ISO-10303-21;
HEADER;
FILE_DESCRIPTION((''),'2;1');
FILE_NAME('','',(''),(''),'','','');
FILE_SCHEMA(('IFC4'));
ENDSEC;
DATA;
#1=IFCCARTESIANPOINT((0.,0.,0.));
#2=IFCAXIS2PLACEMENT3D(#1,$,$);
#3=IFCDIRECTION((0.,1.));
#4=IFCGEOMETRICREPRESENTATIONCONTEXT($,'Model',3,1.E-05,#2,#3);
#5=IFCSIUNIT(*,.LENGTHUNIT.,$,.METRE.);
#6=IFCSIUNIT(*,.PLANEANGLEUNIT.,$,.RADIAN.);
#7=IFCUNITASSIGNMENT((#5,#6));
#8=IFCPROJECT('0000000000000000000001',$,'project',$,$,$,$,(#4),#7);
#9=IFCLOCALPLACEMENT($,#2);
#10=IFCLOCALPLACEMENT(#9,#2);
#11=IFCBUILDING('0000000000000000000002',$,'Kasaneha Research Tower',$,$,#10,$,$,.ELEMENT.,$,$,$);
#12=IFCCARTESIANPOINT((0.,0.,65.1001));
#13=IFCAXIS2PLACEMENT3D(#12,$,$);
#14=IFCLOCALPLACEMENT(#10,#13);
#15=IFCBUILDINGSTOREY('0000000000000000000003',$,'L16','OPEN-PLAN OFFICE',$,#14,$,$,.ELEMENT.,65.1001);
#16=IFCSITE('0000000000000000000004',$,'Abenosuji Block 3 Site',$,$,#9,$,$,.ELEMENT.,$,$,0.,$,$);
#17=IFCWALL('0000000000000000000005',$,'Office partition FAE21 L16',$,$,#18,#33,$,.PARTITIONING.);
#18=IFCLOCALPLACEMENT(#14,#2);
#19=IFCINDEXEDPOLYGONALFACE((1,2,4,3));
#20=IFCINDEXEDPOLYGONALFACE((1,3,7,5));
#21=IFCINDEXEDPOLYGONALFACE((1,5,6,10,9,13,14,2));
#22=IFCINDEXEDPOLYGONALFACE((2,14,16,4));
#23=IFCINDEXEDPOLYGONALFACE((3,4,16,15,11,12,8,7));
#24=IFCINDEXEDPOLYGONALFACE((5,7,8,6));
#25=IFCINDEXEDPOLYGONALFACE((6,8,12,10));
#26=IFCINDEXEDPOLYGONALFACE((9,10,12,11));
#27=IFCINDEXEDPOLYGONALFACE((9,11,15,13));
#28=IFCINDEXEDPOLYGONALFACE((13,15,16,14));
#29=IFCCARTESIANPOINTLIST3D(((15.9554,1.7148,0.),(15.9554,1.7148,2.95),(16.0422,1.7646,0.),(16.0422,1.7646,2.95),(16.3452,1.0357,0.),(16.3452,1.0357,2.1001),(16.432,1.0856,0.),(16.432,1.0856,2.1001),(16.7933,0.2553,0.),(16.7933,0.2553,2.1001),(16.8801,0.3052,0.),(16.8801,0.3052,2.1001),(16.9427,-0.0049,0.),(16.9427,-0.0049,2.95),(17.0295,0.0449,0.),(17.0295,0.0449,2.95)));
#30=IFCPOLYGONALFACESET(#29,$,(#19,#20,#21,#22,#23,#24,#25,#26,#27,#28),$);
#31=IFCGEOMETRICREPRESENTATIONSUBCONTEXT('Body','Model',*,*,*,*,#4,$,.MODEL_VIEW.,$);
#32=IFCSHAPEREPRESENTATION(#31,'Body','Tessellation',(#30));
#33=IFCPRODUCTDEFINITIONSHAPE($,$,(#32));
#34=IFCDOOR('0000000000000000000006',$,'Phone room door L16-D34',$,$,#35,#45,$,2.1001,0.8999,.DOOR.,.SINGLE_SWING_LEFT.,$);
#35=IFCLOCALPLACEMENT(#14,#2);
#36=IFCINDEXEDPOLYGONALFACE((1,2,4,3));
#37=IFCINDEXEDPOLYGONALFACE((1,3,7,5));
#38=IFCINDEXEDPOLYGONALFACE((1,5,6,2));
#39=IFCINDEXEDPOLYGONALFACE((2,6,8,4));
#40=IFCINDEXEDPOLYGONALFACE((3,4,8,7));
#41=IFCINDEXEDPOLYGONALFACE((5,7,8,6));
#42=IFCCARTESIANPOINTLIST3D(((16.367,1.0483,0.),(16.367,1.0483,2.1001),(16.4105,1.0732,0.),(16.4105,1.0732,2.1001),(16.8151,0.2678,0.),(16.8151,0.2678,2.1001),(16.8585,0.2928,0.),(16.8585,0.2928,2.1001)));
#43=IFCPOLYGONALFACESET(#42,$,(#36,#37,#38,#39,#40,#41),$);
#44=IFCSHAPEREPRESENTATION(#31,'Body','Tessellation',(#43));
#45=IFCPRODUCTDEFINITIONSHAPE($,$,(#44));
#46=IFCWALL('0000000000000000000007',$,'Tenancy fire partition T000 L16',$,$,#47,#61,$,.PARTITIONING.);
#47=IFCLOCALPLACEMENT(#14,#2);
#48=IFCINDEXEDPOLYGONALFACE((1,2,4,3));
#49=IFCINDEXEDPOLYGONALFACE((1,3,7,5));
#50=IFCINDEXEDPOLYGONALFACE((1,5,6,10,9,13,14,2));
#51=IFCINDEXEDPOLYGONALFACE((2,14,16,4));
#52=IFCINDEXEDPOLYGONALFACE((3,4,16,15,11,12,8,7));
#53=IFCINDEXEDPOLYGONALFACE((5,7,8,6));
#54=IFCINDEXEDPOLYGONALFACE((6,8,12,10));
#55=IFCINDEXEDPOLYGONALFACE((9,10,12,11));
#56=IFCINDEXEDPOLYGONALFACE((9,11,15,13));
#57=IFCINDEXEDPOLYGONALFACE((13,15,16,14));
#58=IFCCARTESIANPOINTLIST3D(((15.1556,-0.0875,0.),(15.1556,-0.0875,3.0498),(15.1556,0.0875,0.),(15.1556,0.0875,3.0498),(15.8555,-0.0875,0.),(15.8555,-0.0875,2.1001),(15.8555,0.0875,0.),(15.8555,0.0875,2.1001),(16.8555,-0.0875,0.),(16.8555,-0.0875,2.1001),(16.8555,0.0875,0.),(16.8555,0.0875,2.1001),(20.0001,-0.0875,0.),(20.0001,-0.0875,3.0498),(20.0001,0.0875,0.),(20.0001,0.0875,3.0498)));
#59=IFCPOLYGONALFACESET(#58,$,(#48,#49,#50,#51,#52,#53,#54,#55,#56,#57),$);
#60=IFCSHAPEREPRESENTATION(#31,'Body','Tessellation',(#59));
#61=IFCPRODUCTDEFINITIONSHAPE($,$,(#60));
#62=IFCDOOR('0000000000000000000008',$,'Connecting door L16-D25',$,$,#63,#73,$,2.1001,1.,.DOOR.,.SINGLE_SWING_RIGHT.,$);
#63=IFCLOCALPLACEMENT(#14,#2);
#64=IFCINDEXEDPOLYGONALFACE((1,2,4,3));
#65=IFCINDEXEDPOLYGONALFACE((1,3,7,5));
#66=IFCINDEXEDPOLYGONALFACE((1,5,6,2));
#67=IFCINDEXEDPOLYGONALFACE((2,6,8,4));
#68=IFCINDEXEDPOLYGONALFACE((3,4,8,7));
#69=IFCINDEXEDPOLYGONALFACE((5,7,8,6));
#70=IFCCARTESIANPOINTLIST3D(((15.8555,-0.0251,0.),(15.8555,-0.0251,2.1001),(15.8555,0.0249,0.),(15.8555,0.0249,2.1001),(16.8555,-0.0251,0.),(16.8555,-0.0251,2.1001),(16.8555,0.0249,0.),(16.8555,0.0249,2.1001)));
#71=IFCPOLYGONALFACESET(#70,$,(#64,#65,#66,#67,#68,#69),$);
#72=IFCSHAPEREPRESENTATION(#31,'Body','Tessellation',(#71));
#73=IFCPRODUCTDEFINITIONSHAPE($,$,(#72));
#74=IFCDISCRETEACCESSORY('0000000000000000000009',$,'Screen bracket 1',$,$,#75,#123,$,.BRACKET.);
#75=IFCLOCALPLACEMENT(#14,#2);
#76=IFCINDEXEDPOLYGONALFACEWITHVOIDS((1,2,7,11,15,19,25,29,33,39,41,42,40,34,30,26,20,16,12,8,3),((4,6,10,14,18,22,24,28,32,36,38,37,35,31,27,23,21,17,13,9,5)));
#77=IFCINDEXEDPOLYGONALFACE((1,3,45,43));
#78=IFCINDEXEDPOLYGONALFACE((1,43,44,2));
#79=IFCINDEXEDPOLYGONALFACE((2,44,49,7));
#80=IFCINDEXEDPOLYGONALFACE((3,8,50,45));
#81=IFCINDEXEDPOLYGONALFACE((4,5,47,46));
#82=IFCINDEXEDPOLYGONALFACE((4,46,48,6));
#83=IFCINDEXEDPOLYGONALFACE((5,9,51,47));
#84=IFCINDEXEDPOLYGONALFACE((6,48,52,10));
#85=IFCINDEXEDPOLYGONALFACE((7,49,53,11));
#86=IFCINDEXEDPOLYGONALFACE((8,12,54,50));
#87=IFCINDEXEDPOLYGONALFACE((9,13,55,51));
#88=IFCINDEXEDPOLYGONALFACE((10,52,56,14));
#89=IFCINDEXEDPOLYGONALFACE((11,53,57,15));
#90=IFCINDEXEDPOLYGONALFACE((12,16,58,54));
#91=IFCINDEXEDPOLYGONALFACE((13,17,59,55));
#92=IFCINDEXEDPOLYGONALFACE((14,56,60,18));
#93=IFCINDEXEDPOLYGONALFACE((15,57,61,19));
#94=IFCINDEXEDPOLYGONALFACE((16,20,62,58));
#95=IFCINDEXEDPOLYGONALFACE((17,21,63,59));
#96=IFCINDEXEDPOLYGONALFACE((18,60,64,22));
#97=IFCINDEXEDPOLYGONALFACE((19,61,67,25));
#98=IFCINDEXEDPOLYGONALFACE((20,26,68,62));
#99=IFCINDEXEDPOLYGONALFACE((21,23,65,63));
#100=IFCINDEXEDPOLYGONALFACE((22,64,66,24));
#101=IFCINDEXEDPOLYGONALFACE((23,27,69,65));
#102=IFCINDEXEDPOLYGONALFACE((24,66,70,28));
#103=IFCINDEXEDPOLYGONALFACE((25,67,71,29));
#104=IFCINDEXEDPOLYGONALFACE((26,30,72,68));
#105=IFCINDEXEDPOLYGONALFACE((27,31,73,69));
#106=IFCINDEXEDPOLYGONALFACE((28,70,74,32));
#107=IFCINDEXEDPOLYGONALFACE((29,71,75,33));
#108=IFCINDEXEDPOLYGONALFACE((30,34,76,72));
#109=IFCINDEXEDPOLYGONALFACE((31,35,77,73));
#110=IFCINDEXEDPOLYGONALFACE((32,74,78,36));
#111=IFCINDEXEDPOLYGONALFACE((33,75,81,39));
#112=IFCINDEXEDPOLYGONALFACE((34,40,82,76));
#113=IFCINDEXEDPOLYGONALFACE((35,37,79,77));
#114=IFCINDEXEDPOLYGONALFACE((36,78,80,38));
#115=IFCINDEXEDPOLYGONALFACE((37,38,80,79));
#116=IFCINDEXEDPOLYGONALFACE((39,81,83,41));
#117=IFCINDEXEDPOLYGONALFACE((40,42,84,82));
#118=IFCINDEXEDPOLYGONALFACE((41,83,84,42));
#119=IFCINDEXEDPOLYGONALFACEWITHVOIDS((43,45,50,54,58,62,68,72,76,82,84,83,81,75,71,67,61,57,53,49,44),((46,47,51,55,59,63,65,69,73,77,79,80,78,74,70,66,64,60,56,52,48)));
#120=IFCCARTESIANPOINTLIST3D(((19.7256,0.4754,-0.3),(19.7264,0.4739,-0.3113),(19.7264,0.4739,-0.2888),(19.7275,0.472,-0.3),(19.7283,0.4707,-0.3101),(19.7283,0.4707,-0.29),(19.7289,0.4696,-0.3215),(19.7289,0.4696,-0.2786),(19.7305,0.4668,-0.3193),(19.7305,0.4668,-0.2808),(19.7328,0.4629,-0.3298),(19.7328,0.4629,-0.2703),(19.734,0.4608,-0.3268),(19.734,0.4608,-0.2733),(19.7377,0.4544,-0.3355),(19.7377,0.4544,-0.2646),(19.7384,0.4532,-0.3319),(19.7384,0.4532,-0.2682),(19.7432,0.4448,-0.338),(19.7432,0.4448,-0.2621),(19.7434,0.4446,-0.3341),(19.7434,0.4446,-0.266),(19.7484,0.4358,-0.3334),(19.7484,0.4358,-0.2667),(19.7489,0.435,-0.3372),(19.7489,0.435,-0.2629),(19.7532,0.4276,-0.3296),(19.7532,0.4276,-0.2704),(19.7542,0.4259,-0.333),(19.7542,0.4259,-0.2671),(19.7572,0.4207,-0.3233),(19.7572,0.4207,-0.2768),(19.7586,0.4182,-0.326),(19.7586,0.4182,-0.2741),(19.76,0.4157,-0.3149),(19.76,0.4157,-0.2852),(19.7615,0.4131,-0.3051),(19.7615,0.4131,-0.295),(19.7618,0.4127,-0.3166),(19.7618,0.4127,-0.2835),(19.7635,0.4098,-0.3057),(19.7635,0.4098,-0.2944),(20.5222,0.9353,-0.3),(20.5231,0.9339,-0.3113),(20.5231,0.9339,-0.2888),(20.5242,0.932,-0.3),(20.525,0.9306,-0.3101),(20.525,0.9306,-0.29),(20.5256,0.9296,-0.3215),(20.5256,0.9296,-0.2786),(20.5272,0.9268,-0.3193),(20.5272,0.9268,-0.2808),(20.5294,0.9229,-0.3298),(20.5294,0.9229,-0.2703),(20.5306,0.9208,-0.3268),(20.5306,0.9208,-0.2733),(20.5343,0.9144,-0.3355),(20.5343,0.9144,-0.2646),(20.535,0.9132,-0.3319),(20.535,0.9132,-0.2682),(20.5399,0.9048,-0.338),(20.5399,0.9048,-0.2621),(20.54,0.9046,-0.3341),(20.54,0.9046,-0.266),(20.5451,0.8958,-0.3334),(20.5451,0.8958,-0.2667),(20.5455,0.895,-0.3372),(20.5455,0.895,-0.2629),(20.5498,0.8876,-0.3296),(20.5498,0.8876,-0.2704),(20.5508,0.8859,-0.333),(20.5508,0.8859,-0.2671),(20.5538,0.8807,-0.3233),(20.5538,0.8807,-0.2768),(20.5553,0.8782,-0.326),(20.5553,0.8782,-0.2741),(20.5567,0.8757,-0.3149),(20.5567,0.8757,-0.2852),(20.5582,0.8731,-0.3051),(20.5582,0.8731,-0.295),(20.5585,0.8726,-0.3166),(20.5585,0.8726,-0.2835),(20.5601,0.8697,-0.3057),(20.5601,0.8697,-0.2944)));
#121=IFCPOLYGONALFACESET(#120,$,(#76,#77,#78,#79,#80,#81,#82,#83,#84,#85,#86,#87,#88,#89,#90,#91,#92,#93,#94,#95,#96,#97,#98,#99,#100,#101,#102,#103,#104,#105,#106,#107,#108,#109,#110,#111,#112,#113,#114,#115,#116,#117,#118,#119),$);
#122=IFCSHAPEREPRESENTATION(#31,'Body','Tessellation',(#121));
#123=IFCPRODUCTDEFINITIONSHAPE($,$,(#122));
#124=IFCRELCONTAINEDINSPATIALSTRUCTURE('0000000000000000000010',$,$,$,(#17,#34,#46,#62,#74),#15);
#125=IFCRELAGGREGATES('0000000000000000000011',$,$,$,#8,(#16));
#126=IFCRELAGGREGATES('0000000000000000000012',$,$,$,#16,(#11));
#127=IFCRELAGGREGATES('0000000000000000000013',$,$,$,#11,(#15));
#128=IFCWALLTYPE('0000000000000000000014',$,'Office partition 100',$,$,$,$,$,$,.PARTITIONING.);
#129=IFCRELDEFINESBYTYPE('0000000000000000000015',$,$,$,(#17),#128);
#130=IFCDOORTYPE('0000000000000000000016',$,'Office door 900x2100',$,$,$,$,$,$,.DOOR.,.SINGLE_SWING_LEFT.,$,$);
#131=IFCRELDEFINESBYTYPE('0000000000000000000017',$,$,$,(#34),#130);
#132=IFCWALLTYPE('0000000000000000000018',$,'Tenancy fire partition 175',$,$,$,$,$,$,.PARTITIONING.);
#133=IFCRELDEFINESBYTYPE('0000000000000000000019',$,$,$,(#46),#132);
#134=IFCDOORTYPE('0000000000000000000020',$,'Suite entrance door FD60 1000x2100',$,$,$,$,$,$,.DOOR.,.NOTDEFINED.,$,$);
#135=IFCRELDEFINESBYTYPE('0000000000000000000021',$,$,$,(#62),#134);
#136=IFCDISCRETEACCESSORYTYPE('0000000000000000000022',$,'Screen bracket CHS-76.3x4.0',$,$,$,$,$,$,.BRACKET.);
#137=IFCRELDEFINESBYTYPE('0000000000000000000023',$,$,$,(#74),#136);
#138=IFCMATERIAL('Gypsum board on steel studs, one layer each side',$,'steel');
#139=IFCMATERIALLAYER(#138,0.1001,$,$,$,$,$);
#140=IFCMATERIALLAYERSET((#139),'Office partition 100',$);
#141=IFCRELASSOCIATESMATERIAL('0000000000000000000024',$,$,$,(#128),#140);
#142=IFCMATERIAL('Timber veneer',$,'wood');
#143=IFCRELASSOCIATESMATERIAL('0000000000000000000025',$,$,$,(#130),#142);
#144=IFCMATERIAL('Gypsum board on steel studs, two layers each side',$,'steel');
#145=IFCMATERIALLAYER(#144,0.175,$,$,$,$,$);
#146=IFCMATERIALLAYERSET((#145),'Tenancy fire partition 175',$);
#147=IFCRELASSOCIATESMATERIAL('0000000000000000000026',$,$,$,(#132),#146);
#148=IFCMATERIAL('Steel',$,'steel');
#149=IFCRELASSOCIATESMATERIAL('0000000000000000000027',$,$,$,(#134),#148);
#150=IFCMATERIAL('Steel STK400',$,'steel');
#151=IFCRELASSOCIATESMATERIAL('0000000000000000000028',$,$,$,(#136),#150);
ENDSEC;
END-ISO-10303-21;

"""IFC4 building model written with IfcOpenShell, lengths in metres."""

from ifc_helpers import new_model, si_unit, direction, frame, frame_2d, origin, origin_2d, place, context, subcontext, project, spatial, rectangle, hollow_circle, extrude, material, layer, layer_set, material_profile, profile_set, type_object, element, fill, save


model = new_model("IFC4")

# Units and contexts
model_context = context("Model", 3, precision=1e-05, world=origin(), true_north=direction((0.0, 1.0)))
body_context = subcontext(model_context, "Body", "Model", "MODEL_VIEW")
ifc_project = project(units=[si_unit("LENGTHUNIT", "METRE"), si_unit("PLANEANGLEUNIT", "RADIAN")], contexts=[model_context])

# Site, building, storey
site_placement = place(None, origin())
site = spatial("IfcSite", under=ifc_project, at=site_placement, Name="Abenosuji Block 3 Site", CompositionType="ELEMENT", RefElevation=0.0)
building_placement = place(site_placement, origin())
building = spatial("IfcBuilding", under=site, at=building_placement, Name="Kasaneha Research Tower", CompositionType="ELEMENT")
storey_placement = place(building_placement, frame((0.0, 0.0, 65.1001)))
storey = spatial("IfcBuildingStorey", under=building, at=storey_placement, Name="L16", Description="OPEN-PLAN OFFICE", CompositionType="ELEMENT", Elevation=65.1001)

# Walls, openings, doors
ifc_material_1 = material(Name="Gypsum board on steel studs, one layer each side", Category="steel")
ifc_layer_1 = layer(ifc_material_1, 0.1001)
ifc_layer_set_1 = layer_set([ifc_layer_1], Name="Office partition 100")
wall_type_1 = type_object("IfcWallType", Name="Office partition 100", PredefinedType="PARTITIONING", material=ifc_layer_set_1)
ifc_material_2 = material(Name="Timber veneer", Category="wood")
door_type_1 = type_object("IfcDoorType", Name="Office door 900x2100", OperationType="SINGLE_SWING_LEFT", PredefinedType="DOOR", material=ifc_material_2)
wall_1_placement = place(storey_placement, frame((16.9861, 0.02, 0.0), z_axis=(0.0, 0.0, 1.0), x_axis=(-0.497888, 0.867241, 0.0)))
wall_1 = element("IfcWall", 1, at=wall_1_placement, inside=storey, type_object=wall_type_1, Name="Office partition FAE21 L16", PredefinedType="PARTITIONING", context=body_context, shape_type="SweptSolid", body=[
    extrude(rectangle(XDim=1.9829, YDim=0.1001, at=frame_2d((0.9915, 0.0))), origin(), (0.0, 0.0, 1.0), 2.95),
])
opening_1_placement = place(wall_1_placement, frame((0.3, 0.0, 0.0)))
opening_1 = element("IfcOpeningElement", 2, at=opening_1_placement, cuts=wall_1, PredefinedType="OPENING", context=body_context, shape_type="SweptSolid", body=[
    extrude(rectangle(XDim=0.8999, YDim=2.1001, at=frame_2d((0.45, 1.05))), frame((0.0, 0.0601, 0.0), z_axis=(0.0, -1.0, 0.0), x_axis=(1.0, 0.0, 0.0)), (0.0, 0.0, 1.0), 0.1201),
])
door_1_placement = place(opening_1_placement, origin())
door_1 = element("IfcDoor", 3, at=door_1_placement, inside=storey, type_object=door_type_1, Name="Phone room door L16-D34", OperationType="SINGLE_SWING_LEFT", OverallHeight=2.1001, OverallWidth=0.8999, PredefinedType="DOOR", context=body_context, shape_type="SweptSolid", body=[
    extrude(rectangle(XDim=0.8999, YDim=2.1001, at=frame_2d((0.45, 1.05))), frame((0.0, 0.0249, 0.0), z_axis=(0.0, -1.0, 0.0), x_axis=(1.0, 0.0, 0.0)), (0.0, 0.0, 1.0), 0.05),
])
fill(opening_1, door_1)
ifc_material_3 = material(Name="Gypsum board on steel studs, two layers each side", Category="steel")
ifc_layer_2 = layer(ifc_material_3, 0.175)
ifc_layer_set_2 = layer_set([ifc_layer_2], Name="Tenancy fire partition 175")
wall_type_2 = type_object("IfcWallType", Name="Tenancy fire partition 175", PredefinedType="PARTITIONING", material=ifc_layer_set_2)
wall_2_placement = place(storey_placement, frame((15.1555, 0.0, 0.0), z_axis=(0.0, 0.0, 1.0), x_axis=(1.0, 0.0, 0.0)))
wall_2 = element("IfcWall", 4, at=wall_2_placement, inside=storey, type_object=wall_type_2, Name="Tenancy fire partition T000 L16", PredefinedType="PARTITIONING", context=body_context, shape_type="SweptSolid", body=[
    extrude(rectangle(XDim=4.8445, YDim=0.175, at=frame_2d((2.4224, 0.0))), origin(), (0.0, 0.0, 1.0), 3.0498),
])
opening_2_placement = place(wall_2_placement, frame((0.7, 0.0, 0.0)))
opening_2 = element("IfcOpeningElement", 5, at=opening_2_placement, cuts=wall_2, PredefinedType="OPENING", context=body_context, shape_type="SweptSolid", body=[
    extrude(rectangle(XDim=1.0, YDim=2.1001, at=frame_2d((0.5, 1.05))), frame((0.0, 0.0977, 0.0), z_axis=(0.0, -1.0, 0.0), x_axis=(1.0, 0.0, 0.0)), (0.0, 0.0, 1.0), 0.1951),
])
ifc_material_4 = material(Name="Steel", Category="steel")
door_type_2 = type_object("IfcDoorType", Name="Suite entrance door FD60 1000x2100", OperationType="NOTDEFINED", PredefinedType="DOOR", material=ifc_material_4)
door_2_placement = place(opening_2_placement, origin())
door_2 = element("IfcDoor", 6, at=door_2_placement, inside=storey, type_object=door_type_2, Name="Connecting door L16-D25", OperationType="SINGLE_SWING_RIGHT", OverallHeight=2.1001, OverallWidth=1.0, PredefinedType="DOOR", context=body_context, shape_type="SweptSolid", body=[
    extrude(rectangle(XDim=1.0, YDim=2.1001, at=frame_2d((0.5, 1.05))), frame((0.0, 0.0249, 0.0), z_axis=(0.0, -1.0, 0.0), x_axis=(1.0, 0.0, 0.0)), (0.0, 0.0, 1.0), 0.05),
])
fill(opening_2, door_2)

# Discrete accessory
ifc_material_5 = material(Name="Steel STK400", Category="steel")
ifc_material_profile_1 = material_profile(ifc_material_5, hollow_circle(Radius=0.0381, WallThickness=0.0039, at=origin_2d()), Name="CHS-76.3x4.0")
ifc_profile_set_1 = profile_set([ifc_material_profile_1], Name="Steel STK400")
discrete_accessory_type = type_object("IfcDiscreteAccessoryType", Name="Screen bracket CHS-76.3x4.0", PredefinedType="BRACKET", material=ifc_profile_set_1)
discrete_accessory_placement = place(storey_placement, frame((19.7446, 0.4424, -0.3), z_axis=(0.866013, 0.500021, 0.0), x_axis=(-0.500021, 0.866013, 0.0)))
element("IfcDiscreteAccessory", 7, at=discrete_accessory_placement, inside=storey, type_object=discrete_accessory_type, Name="Screen bracket 1", PredefinedType="BRACKET", context=body_context, shape_type="SweptSolid", body=[
    extrude(hollow_circle(Radius=0.0381, WallThickness=0.0039, at=origin_2d()), origin(), (0.0, 0.0, 1.0), 0.9199),
])

save(model, "model.ifc")
